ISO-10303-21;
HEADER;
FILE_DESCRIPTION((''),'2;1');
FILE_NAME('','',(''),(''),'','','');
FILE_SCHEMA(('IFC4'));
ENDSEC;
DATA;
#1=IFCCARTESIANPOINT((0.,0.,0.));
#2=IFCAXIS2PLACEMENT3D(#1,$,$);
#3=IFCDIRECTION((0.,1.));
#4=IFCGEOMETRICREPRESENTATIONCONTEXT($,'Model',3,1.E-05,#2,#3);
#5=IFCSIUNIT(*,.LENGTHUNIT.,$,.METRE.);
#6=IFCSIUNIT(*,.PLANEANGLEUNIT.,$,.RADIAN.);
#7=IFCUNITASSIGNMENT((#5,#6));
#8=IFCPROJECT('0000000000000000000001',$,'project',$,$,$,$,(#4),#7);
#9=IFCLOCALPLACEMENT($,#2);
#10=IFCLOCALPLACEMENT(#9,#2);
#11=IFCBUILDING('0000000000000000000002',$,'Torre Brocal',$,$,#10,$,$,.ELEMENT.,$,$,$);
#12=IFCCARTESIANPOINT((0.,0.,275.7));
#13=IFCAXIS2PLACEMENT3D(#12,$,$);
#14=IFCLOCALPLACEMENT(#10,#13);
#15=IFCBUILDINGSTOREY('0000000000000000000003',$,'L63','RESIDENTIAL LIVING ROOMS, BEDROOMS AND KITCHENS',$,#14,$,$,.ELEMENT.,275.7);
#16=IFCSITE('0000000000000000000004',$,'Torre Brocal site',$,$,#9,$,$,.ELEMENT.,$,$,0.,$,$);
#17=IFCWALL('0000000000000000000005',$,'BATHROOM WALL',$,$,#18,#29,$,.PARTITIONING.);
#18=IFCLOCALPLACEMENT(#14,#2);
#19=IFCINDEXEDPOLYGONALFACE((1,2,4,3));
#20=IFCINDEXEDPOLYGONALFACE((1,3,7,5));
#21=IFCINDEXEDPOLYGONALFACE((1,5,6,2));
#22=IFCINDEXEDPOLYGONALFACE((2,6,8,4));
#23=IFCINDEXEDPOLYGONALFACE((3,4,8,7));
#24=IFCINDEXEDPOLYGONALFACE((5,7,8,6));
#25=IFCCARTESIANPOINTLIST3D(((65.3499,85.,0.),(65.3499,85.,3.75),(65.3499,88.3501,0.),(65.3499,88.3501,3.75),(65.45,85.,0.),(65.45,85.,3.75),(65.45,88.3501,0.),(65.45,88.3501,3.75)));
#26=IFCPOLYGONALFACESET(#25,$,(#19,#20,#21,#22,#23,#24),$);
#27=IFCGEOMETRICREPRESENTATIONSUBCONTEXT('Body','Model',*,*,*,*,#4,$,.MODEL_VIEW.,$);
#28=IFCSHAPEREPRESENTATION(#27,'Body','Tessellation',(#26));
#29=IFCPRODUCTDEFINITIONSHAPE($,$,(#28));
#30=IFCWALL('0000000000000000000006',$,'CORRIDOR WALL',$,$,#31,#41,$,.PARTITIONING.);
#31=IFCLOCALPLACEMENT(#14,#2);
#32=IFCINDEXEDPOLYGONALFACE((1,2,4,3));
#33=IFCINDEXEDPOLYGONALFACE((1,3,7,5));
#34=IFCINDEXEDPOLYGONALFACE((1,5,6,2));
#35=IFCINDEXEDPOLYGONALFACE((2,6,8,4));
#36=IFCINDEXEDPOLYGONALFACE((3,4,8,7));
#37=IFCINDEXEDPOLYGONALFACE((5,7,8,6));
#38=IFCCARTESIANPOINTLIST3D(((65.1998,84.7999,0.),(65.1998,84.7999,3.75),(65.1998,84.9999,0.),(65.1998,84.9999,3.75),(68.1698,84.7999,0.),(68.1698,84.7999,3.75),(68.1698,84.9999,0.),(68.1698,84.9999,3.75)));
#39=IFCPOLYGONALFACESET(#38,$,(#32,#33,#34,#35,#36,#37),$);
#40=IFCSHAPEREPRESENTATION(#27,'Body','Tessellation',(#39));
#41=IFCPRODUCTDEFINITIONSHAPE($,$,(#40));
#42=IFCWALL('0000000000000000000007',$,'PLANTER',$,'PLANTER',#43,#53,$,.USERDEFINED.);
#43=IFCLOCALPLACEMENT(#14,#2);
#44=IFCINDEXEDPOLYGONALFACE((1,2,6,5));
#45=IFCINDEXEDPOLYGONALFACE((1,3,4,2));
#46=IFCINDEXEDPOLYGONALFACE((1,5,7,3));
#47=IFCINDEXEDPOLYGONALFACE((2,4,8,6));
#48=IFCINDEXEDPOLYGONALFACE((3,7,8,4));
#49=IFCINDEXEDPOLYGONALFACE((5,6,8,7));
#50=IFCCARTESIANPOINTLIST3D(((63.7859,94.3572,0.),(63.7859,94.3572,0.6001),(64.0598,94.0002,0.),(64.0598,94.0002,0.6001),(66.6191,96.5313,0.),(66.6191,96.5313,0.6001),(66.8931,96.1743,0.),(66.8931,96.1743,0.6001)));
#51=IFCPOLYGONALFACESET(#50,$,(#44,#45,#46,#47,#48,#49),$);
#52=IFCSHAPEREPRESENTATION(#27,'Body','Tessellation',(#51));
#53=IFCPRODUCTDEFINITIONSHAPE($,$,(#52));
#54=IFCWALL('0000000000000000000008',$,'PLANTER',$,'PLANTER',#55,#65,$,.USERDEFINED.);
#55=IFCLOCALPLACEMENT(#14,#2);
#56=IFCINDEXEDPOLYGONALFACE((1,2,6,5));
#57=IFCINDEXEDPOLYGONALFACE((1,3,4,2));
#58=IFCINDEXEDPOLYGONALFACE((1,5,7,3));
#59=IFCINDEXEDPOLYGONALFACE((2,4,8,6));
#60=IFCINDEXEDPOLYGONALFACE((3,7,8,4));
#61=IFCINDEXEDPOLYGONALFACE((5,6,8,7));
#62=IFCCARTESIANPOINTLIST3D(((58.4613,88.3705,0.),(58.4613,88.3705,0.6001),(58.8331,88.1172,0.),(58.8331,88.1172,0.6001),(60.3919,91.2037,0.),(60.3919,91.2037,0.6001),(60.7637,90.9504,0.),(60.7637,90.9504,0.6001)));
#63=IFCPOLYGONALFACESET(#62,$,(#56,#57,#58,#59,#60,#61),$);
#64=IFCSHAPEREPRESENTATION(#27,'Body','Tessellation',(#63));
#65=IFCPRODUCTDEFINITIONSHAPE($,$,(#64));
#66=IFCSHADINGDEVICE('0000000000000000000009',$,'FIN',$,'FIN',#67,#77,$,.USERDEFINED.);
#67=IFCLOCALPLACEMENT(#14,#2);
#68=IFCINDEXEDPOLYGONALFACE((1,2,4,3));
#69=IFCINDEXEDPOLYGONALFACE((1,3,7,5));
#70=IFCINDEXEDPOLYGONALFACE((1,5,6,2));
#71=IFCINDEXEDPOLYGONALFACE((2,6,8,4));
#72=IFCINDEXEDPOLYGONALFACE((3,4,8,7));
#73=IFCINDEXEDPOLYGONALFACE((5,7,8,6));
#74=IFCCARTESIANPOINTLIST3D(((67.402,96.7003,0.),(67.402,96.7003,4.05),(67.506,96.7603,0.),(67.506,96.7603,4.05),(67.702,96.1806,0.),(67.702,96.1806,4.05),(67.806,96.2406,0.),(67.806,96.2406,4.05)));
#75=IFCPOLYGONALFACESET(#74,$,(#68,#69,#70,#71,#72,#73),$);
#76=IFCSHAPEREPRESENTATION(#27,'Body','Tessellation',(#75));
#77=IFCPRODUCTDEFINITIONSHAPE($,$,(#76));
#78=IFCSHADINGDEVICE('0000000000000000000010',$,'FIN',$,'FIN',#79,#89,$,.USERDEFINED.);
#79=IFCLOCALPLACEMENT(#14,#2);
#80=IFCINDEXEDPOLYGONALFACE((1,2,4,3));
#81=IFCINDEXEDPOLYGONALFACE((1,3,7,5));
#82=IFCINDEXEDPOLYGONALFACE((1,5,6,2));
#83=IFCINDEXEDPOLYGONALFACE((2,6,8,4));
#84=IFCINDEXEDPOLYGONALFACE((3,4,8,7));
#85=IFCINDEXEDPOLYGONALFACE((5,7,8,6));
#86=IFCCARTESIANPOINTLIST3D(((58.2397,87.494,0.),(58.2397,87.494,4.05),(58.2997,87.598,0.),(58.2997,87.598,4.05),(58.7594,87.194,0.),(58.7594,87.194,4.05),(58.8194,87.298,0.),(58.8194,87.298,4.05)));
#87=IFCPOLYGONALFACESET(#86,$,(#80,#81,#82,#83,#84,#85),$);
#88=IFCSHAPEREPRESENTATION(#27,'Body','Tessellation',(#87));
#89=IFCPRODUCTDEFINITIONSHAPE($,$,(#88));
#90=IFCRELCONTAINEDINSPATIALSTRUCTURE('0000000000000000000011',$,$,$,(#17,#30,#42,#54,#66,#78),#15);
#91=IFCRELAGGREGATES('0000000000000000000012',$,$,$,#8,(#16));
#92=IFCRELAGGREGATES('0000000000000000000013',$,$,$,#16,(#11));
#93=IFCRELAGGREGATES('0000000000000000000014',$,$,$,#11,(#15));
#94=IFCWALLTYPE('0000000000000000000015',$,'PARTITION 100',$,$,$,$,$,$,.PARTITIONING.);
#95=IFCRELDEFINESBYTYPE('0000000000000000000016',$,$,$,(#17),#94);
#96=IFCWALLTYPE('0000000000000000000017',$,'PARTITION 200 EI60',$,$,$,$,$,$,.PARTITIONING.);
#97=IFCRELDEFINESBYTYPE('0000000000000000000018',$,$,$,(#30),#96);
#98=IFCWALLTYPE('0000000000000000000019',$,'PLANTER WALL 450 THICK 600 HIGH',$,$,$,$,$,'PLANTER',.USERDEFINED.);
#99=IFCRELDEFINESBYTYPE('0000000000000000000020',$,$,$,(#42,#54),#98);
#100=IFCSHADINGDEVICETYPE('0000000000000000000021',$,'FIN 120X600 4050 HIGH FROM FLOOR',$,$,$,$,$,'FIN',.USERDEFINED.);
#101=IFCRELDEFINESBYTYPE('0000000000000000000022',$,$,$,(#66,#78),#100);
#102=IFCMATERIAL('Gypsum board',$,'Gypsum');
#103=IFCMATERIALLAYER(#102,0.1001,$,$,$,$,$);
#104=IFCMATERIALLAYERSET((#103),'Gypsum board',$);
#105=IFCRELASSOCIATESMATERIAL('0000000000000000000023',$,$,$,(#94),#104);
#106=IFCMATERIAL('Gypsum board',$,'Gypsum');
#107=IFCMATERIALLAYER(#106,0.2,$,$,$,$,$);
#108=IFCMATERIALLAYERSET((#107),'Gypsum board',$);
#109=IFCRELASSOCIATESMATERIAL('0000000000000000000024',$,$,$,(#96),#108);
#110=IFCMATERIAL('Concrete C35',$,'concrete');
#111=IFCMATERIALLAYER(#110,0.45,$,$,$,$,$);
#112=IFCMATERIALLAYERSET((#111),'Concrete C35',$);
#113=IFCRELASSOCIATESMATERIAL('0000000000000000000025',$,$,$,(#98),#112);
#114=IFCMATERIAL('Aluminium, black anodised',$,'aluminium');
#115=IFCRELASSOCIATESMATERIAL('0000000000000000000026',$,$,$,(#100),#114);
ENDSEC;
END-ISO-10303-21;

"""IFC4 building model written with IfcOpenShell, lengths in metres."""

from ifc_helpers import new_model, si_unit, direction, frame, frame_2d, origin, origin_2d, place, context, subcontext, project, spatial, rectangle, extrude, material, layer, layer_set, material_profile, profile_set, type_object, element, save


model = new_model("IFC4")

# Units and contexts
model_context = context("Model", 3, precision=1e-05, world=origin(), true_north=direction((0.0, 1.0)))
body_context = subcontext(model_context, "Body", "Model", "MODEL_VIEW")
ifc_project = project(units=[si_unit("LENGTHUNIT", "METRE"), si_unit("PLANEANGLEUNIT", "RADIAN")], contexts=[model_context])

# Site, building, storey
site_placement = place(None, origin())
site = spatial("IfcSite", under=ifc_project, at=site_placement, Name="Torre Brocal site", CompositionType="ELEMENT", RefElevation=0.0)
building_placement = place(site_placement, origin())
building = spatial("IfcBuilding", under=site, at=building_placement, Name="Torre Brocal", CompositionType="ELEMENT")
storey_placement = place(building_placement, frame((0.0, 0.0, 275.7)))
storey = spatial("IfcBuildingStorey", under=building, at=storey_placement, Name="L63", Description="RESIDENTIAL LIVING ROOMS, BEDROOMS AND KITCHENS", CompositionType="ELEMENT", Elevation=275.7)

# Shared definitions
ifc_material_1 = material(Name="Gypsum board", Category="Gypsum")
ifc_layer_1 = layer(ifc_material_1, 0.1001)
ifc_layer_set_1 = layer_set([ifc_layer_1], Name="Gypsum board")
wall_type_1 = type_object("IfcWallType", Name="PARTITION 100", PredefinedType="PARTITIONING", material=ifc_layer_set_1)

# Walls
wall_1_placement = place(storey_placement, frame((65.3999, 85.0, 0.0), z_axis=(0.0, 0.0, 1.0), x_axis=(0.0, 1.0, 0.0)))
element("IfcWall", 1, at=wall_1_placement, inside=storey, type_object=wall_type_1, Name="BATHROOM WALL", PredefinedType="PARTITIONING", context=body_context, shape_type="SweptSolid", body=[
    extrude(rectangle(XDim=3.3501, YDim=0.1001, at=frame_2d((1.675, 0.0))), origin(), (0.0, 0.0, 1.0), 3.75),
])
ifc_material_2 = material(Name="Gypsum board", Category="Gypsum")
ifc_layer_2 = layer(ifc_material_2, 0.2)
ifc_layer_set_2 = layer_set([ifc_layer_2], Name="Gypsum board")
wall_type_2 = type_object("IfcWallType", Name="PARTITION 200 EI60", PredefinedType="PARTITIONING", material=ifc_layer_set_2)
wall_2_placement = place(storey_placement, frame((65.2, 84.8999, 0.0), z_axis=(0.0, 0.0, 1.0), x_axis=(1.0, 0.0, 0.0)))
element("IfcWall", 2, at=wall_2_placement, inside=storey, type_object=wall_type_2, Name="CORRIDOR WALL", PredefinedType="PARTITIONING", context=body_context, shape_type="SweptSolid", body=[
    extrude(rectangle(XDim=2.97, YDim=0.2, at=frame_2d((1.4849, 0.0))), origin(), (0.0, 0.0, 1.0), 3.75),
])
ifc_material_3 = material(Name="Concrete C35", Category="concrete")
ifc_layer_3 = layer(ifc_material_3, 0.45)
ifc_layer_set_3 = layer_set([ifc_layer_3], Name="Concrete C35")
wall_type_3 = type_object("IfcWallType", Name="PLANTER WALL 450 THICK 600 HIGH", ElementType="PLANTER", PredefinedType="USERDEFINED", material=ifc_layer_set_3)
wall_3_placement = place(storey_placement, frame((66.7561, 96.3528, 0.0), z_axis=(0.0, 0.0, 1.0), x_axis=(-0.793348, -0.608769, 0.0)))
element("IfcWall", 3, at=wall_3_placement, inside=storey, type_object=wall_type_3, Name="PLANTER", ObjectType="PLANTER", PredefinedType="USERDEFINED", context=body_context, shape_type="SweptSolid", body=[
    extrude(rectangle(XDim=3.5713, YDim=0.45, at=frame_2d((1.7856, 0.0))), origin(), (0.0, 0.0, 1.0), 0.6001),
])
wall_4_placement = place(storey_placement, frame((60.5779, 91.0771, 0.0), z_axis=(0.0, 0.0, 1.0), x_axis=(-0.563118, -0.826376, 0.0)))
element("IfcWall", 4, at=wall_4_placement, inside=storey, type_object=wall_type_3, Name="PLANTER", ObjectType="PLANTER", PredefinedType="USERDEFINED", context=body_context, shape_type="SweptSolid", body=[
    extrude(rectangle(XDim=3.4285, YDim=0.45, at=frame_2d((1.7144, 0.0))), origin(), (0.0, 0.0, 1.0), 0.6001),
])

# Shading devices
ifc_material_4 = material(Name="Aluminium, black anodised", Category="aluminium")
ifc_material_profile_1 = material_profile(ifc_material_4, rectangle(XDim=0.1201, YDim=0.6001, at=origin_2d()), Name="FIN 120X600 4050 HIGH FROM FLOOR")
ifc_profile_set_1 = profile_set([ifc_material_profile_1], Name="Aluminium, black anodised")
shading_device_type = type_object("IfcShadingDeviceType", Name="FIN 120X600 4050 HIGH FROM FLOOR", ElementType="FIN", PredefinedType="USERDEFINED", material=ifc_profile_set_1)
for number, where, z_axis, x_axis, name in (
    (5, (67.604, 96.4705, 0.0), (0.0, 0.0, 1.0), (-0.866025, -0.5, 0.0), "FIN"),
    (6, (58.5295, 87.396, 0.0), (0.0, 0.0, 1.0), (-0.5, -0.866025, 0.0), "FIN"),
):
    element("IfcShadingDevice", number, at=place(storey_placement, frame(where, z_axis=z_axis, x_axis=x_axis)), inside=storey, type_object=shading_device_type, Name=name, ObjectType="FIN", PredefinedType="USERDEFINED", context=body_context, shape_type="SweptSolid", body=[
        extrude(rectangle(XDim=0.1201, YDim=0.6001, at=origin_2d()), origin(), (0.0, 0.0, 1.0), 4.05),
    ])

save(model, "model.ifc")
